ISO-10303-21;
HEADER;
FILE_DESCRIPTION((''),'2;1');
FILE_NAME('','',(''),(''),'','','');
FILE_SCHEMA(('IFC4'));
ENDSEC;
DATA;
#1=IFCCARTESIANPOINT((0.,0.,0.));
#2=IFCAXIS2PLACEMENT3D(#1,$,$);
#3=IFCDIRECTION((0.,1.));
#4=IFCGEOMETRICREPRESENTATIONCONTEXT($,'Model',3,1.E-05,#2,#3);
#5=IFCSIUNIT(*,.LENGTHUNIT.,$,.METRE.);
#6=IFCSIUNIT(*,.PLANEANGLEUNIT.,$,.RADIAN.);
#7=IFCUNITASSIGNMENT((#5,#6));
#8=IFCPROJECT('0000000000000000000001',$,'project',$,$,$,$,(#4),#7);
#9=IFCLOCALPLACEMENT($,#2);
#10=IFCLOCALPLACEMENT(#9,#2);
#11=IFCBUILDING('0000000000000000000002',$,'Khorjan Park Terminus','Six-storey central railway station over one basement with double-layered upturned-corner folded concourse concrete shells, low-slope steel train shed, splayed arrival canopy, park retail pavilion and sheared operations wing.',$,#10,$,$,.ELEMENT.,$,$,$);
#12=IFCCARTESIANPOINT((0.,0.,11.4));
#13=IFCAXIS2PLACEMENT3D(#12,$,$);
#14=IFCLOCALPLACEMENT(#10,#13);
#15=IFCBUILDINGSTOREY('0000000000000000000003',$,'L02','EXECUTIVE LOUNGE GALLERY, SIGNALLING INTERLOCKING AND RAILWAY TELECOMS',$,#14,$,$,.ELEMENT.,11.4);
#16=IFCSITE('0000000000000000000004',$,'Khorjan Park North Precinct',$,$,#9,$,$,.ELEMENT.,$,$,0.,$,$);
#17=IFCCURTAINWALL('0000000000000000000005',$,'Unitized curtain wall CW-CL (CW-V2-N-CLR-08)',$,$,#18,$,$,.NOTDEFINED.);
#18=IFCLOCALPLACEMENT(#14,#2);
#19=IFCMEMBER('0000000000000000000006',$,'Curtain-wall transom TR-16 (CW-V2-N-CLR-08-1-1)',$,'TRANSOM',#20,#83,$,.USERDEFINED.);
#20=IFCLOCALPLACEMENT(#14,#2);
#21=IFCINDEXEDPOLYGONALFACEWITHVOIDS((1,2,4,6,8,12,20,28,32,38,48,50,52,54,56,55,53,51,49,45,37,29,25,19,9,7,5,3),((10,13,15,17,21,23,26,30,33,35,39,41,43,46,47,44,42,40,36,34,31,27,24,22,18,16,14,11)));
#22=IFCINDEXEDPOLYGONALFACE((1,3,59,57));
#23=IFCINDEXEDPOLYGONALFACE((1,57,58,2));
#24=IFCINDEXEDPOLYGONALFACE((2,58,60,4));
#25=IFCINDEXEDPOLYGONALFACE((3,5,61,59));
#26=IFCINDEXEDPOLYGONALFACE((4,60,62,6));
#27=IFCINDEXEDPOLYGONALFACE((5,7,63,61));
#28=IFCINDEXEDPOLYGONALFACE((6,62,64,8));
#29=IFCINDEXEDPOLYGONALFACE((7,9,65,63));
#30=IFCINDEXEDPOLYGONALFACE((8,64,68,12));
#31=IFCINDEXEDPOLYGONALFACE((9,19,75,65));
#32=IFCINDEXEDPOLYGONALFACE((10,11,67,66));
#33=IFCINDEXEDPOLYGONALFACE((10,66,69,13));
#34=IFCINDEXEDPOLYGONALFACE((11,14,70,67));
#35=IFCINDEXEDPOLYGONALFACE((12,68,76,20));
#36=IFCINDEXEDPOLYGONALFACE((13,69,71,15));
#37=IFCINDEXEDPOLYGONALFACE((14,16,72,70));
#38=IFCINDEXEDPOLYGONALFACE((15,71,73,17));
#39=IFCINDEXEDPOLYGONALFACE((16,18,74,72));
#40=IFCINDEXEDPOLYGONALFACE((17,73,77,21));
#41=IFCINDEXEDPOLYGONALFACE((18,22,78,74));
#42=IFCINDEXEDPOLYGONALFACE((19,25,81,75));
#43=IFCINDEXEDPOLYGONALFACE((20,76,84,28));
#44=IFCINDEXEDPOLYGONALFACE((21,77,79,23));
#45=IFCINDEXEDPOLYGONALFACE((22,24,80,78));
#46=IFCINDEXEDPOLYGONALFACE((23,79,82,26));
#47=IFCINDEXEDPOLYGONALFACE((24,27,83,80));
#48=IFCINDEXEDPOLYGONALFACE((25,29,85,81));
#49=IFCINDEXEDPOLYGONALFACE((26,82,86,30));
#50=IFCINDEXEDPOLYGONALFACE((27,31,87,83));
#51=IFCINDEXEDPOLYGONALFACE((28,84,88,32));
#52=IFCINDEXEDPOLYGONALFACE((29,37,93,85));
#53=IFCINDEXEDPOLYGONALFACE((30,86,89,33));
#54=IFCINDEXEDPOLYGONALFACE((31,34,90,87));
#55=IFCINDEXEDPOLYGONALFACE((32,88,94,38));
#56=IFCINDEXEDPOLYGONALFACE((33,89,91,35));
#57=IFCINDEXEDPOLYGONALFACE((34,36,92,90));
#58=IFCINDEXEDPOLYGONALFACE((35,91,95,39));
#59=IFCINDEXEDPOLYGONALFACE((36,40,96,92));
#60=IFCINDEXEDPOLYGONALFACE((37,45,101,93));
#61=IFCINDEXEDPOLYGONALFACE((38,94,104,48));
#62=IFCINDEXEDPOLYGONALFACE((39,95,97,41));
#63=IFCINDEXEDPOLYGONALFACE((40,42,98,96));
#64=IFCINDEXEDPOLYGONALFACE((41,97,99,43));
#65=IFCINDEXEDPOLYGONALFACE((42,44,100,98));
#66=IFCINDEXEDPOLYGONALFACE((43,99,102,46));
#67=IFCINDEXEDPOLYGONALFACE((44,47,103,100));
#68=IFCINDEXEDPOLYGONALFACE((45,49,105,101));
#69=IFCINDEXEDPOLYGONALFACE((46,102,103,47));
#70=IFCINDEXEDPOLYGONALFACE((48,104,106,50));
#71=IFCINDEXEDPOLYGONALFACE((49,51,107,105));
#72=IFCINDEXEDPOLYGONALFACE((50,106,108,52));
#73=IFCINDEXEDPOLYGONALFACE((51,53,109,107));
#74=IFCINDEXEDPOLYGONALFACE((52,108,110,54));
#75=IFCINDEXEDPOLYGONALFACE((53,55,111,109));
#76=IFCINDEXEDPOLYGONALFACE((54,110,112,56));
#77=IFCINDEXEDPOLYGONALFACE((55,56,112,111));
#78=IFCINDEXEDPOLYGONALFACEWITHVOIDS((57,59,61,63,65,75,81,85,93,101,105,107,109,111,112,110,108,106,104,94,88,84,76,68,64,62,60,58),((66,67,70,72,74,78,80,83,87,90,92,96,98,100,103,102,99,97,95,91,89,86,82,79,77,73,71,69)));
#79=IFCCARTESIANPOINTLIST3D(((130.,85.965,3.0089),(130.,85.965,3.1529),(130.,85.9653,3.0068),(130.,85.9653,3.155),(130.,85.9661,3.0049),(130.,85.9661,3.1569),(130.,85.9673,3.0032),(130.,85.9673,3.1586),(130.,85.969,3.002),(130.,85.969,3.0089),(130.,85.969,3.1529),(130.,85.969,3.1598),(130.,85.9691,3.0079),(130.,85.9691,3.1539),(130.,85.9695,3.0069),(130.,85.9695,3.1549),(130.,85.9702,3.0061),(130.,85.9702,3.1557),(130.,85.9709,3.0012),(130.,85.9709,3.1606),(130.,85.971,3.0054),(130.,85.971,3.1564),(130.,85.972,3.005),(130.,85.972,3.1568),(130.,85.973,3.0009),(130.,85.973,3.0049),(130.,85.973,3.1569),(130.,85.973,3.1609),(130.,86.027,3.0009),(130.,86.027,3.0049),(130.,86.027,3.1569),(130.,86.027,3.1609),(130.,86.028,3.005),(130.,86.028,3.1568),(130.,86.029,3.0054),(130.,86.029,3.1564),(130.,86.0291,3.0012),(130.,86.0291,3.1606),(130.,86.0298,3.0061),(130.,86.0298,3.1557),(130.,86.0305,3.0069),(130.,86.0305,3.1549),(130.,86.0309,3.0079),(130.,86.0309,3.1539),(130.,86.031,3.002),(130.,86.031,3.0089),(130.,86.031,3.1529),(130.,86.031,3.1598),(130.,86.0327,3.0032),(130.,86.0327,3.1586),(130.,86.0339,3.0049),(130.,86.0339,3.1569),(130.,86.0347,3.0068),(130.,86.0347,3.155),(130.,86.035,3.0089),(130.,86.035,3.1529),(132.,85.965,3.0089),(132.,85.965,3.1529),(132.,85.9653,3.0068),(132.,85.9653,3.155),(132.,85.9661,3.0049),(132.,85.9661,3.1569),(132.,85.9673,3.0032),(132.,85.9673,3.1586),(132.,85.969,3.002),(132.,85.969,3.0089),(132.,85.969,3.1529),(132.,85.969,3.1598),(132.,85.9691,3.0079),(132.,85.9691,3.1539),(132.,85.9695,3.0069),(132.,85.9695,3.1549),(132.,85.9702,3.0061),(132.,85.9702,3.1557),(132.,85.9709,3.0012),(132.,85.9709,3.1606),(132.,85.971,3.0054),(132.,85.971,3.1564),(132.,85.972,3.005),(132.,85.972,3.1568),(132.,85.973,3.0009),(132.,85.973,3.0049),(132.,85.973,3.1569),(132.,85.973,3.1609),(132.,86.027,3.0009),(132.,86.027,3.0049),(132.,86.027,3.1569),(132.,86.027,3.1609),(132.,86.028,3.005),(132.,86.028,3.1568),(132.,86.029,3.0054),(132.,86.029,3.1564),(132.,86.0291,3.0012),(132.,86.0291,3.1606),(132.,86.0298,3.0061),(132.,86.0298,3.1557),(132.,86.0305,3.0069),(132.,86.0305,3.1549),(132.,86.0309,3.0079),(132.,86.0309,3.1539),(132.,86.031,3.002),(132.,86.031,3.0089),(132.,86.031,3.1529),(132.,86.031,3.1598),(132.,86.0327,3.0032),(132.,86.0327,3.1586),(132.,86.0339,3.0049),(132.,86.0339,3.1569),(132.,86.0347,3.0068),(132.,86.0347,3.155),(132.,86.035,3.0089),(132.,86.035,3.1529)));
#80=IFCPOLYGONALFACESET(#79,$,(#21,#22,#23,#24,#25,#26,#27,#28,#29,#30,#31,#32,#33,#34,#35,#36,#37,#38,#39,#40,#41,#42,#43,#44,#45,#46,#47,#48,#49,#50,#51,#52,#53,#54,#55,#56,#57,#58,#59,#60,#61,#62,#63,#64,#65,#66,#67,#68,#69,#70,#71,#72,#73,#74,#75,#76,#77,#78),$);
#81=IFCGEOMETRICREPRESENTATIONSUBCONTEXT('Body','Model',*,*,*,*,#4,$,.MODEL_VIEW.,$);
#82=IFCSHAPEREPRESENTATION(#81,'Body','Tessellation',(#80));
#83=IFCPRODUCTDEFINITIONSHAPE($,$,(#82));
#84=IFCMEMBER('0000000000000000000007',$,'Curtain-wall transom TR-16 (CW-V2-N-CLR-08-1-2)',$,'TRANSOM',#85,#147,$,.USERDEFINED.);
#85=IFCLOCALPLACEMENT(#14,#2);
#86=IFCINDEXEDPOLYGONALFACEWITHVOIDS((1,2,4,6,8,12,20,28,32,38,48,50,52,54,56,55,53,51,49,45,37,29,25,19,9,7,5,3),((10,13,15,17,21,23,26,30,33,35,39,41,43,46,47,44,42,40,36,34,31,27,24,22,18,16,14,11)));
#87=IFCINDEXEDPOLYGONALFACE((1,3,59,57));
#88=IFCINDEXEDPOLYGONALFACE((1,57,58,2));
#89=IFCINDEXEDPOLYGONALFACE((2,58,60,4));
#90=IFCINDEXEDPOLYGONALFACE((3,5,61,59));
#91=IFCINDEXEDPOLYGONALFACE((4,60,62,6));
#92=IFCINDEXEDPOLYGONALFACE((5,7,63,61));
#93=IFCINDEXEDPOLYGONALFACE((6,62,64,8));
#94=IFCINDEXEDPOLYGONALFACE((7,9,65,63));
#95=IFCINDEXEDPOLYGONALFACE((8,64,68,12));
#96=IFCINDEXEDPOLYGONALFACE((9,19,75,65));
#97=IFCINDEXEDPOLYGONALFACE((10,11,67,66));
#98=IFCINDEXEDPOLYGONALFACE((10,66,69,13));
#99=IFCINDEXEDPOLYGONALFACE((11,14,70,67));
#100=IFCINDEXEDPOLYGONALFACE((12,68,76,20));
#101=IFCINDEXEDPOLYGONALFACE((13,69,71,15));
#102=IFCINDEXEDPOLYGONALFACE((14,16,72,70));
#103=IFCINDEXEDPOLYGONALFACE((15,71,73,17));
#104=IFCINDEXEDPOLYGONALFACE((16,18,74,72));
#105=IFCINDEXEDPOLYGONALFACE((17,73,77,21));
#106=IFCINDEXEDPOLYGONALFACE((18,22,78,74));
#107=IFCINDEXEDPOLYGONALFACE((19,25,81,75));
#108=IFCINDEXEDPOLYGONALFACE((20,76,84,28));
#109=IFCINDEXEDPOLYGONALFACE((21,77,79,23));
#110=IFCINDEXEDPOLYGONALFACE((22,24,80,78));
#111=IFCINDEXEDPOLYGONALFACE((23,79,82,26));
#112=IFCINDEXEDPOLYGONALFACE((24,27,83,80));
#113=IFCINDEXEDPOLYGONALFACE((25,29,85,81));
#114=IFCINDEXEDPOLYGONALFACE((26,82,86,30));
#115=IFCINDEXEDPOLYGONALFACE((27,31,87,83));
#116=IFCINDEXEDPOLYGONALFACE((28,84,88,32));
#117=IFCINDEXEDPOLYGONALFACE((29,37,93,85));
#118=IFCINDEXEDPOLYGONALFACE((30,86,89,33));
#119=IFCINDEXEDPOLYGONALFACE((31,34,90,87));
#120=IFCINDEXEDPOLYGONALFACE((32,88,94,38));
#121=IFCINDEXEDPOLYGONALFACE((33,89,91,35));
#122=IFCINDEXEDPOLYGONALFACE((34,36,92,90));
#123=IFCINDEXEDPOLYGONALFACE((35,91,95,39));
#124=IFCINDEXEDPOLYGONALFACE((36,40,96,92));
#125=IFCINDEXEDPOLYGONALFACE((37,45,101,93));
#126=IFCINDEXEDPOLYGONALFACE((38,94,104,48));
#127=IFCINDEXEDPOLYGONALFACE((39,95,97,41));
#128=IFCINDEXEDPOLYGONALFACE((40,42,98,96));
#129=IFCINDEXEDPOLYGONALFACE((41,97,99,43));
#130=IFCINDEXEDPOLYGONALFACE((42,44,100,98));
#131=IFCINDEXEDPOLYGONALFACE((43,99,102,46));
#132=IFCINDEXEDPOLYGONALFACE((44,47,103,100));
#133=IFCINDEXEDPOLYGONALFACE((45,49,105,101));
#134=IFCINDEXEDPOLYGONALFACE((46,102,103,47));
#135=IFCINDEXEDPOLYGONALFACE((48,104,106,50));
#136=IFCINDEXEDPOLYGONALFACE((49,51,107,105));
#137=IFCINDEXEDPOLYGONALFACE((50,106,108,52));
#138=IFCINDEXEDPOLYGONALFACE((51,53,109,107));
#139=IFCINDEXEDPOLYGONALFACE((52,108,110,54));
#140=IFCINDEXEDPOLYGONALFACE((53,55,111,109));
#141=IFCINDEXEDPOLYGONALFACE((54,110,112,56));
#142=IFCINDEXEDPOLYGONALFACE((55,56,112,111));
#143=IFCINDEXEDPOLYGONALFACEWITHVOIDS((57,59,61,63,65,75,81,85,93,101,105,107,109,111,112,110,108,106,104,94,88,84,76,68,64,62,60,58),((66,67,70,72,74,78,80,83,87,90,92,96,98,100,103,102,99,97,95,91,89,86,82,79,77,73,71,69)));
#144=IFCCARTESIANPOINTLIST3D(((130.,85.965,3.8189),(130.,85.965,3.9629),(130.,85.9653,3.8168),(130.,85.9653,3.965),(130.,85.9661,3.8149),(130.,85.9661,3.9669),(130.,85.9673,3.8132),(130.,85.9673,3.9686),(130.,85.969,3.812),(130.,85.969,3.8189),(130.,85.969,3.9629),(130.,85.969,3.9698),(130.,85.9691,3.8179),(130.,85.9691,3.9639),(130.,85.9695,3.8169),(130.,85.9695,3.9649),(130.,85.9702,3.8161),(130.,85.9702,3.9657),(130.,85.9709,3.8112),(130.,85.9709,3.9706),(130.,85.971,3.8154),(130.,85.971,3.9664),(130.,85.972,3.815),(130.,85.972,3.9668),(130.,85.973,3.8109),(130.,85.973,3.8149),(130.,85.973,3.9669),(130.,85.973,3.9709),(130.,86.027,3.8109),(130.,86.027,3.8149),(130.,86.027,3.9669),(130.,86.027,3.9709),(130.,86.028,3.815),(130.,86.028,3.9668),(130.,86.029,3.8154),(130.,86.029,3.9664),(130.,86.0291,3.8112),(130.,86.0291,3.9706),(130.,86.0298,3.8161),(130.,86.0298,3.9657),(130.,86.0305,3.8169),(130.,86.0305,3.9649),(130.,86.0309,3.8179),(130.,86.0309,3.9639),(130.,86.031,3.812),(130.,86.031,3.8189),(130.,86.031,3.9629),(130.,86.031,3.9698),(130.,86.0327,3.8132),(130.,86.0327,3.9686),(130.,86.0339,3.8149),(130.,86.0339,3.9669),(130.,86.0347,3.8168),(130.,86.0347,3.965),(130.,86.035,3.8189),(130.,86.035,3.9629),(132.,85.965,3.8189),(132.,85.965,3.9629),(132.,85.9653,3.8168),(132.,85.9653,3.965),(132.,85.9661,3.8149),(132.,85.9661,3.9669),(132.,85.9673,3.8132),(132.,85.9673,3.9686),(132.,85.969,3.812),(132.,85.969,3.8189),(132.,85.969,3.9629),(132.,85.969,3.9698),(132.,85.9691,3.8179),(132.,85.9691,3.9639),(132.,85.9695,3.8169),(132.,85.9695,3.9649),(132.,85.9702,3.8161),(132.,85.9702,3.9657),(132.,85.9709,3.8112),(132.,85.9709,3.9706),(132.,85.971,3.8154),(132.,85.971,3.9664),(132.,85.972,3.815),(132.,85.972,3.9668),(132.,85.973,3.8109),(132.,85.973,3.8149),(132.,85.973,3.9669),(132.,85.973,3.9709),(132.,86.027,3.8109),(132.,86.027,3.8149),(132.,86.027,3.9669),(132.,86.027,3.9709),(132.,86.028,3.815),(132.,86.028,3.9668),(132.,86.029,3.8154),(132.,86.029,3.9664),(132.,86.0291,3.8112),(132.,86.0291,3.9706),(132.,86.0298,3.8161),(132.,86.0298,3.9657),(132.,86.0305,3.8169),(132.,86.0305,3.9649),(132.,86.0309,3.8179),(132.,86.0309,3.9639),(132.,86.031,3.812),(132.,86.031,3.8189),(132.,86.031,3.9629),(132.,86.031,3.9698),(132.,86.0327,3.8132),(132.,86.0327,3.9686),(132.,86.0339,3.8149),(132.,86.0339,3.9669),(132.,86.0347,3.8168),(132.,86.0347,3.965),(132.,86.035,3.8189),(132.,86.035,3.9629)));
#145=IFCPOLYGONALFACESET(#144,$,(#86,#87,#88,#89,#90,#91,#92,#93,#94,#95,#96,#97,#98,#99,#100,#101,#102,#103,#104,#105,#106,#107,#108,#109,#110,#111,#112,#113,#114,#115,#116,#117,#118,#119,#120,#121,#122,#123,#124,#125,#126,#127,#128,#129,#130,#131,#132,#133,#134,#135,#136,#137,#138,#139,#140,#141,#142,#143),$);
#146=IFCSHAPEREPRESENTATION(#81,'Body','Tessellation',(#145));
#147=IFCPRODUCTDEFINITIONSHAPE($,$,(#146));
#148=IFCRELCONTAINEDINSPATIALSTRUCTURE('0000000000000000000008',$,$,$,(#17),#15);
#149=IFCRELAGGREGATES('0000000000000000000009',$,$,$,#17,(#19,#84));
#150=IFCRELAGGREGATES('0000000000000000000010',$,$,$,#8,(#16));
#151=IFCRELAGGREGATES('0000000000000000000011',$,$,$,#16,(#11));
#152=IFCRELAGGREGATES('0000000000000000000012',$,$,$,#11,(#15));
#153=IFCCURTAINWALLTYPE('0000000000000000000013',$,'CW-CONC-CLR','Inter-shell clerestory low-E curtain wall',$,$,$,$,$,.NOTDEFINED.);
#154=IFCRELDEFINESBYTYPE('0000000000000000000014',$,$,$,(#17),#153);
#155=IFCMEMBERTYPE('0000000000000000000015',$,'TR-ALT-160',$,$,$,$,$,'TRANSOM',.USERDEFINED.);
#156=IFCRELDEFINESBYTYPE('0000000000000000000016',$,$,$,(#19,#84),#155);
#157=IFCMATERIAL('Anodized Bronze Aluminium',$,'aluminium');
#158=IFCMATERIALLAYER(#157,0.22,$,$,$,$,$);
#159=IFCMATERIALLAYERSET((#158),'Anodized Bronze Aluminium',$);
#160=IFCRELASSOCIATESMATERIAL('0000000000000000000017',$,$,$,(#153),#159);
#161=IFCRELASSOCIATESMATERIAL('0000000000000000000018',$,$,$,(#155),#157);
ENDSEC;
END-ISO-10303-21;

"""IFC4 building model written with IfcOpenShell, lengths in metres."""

from ifc_helpers import new_model, si_unit, direction, frame, origin, origin_2d, place, context, subcontext, project, spatial, hollow_rectangle, extrude, material, layer, layer_set, material_profile, profile_set, type_object, element, aggregate, save


model = new_model("IFC4")

# Units and contexts
model_context = context("Model", 3, precision=1e-05, world=origin(), true_north=direction((0.0, 1.0)))
body_context = subcontext(model_context, "Body", "Model", "MODEL_VIEW")
ifc_project = project(units=[si_unit("LENGTHUNIT", "METRE"), si_unit("PLANEANGLEUNIT", "RADIAN")], contexts=[model_context])

# Site, building, storey
site_placement = place(None, origin())
site = spatial("IfcSite", under=ifc_project, at=site_placement, Name="Khorjan Park North Precinct", CompositionType="ELEMENT", RefElevation=0.0)
building_placement = place(site_placement, origin())
building = spatial("IfcBuilding", under=site, at=building_placement, Name="Khorjan Park Terminus", Description="Six-storey central railway station over one basement with double-layered upturned-corner folded concourse concrete shells, low-slope steel train shed, splayed arrival canopy, park retail pavilion and sheared operations wing.", CompositionType="ELEMENT")
storey_placement = place(building_placement, frame((0.0, 0.0, 11.4)))
storey = spatial("IfcBuildingStorey", under=building, at=storey_placement, Name="L02", Description="EXECUTIVE LOUNGE GALLERY, SIGNALLING INTERLOCKING AND RAILWAY TELECOMS", CompositionType="ELEMENT", Elevation=11.4)

# Curtain wall
ifc_material_1 = material(Name="Anodized Bronze Aluminium", Category="aluminium")
ifc_layer_1 = layer(ifc_material_1, 0.22)
ifc_layer_set_1 = layer_set([ifc_layer_1], Name="Anodized Bronze Aluminium")
curtain_wall_type = type_object("IfcCurtainWallType", Name="CW-CONC-CLR", Description="Inter-shell clerestory low-E curtain wall", PredefinedType="NOTDEFINED", material=ifc_layer_set_1)
curtain_wall_1_placement = place(storey_placement, origin())
curtain_wall_1 = element("IfcCurtainWall", 1, at=curtain_wall_1_placement, inside=storey, type_object=curtain_wall_type, Name="Unitized curtain wall CW-CL (CW-V2-N-CLR-08)", PredefinedType="NOTDEFINED")

# Shared definitions
ifc_material_profile_1 = material_profile(ifc_material_1, hollow_rectangle(XDim=0.07, YDim=0.16, WallThickness=0.004, InnerFilletRadius=0.004, OuterFilletRadius=0.008, at=origin_2d()), Name="ALT 70x160x4")
ifc_profile_set_1 = profile_set([ifc_material_profile_1], Name="Anodized Bronze Aluminium")
member_type_1 = type_object("IfcMemberType", Name="TR-ALT-160", ElementType="TRANSOM", PredefinedType="USERDEFINED", material=ifc_profile_set_1)

# Members
member_1_placement = place(storey_placement, frame((132.0, 86.0, 3.0809), z_axis=(-1.0, 0.0, 0.0), x_axis=(0.0, -1.0, 0.0)))
member_1 = element("IfcMember", 2, at=member_1_placement, type_object=member_type_1, Name="Curtain-wall transom TR-16 (CW-V2-N-CLR-08-1-1)", ObjectType="TRANSOM", PredefinedType="USERDEFINED", context=body_context, shape_type="SweptSolid", body=[
    extrude(hollow_rectangle(XDim=0.07, YDim=0.16, WallThickness=0.004, InnerFilletRadius=0.004, OuterFilletRadius=0.008, at=origin_2d()), origin(), (0.0, 0.0, 1.0), 2.0),
])
member_2_placement = place(storey_placement, frame((132.0, 86.0, 3.8909), z_axis=(-1.0, 0.0, 0.0), x_axis=(0.0, -1.0, 0.0)))
member_2 = element("IfcMember", 3, at=member_2_placement, type_object=member_type_1, Name="Curtain-wall transom TR-16 (CW-V2-N-CLR-08-1-2)", ObjectType="TRANSOM", PredefinedType="USERDEFINED", context=body_context, shape_type="SweptSolid", body=[
    extrude(hollow_rectangle(XDim=0.07, YDim=0.16, WallThickness=0.004, InnerFilletRadius=0.004, OuterFilletRadius=0.008, at=origin_2d()), origin(), (0.0, 0.0, 1.0), 2.0),
])

aggregate(curtain_wall_1, [member_1, member_2])

save(model, "model.ifc")
